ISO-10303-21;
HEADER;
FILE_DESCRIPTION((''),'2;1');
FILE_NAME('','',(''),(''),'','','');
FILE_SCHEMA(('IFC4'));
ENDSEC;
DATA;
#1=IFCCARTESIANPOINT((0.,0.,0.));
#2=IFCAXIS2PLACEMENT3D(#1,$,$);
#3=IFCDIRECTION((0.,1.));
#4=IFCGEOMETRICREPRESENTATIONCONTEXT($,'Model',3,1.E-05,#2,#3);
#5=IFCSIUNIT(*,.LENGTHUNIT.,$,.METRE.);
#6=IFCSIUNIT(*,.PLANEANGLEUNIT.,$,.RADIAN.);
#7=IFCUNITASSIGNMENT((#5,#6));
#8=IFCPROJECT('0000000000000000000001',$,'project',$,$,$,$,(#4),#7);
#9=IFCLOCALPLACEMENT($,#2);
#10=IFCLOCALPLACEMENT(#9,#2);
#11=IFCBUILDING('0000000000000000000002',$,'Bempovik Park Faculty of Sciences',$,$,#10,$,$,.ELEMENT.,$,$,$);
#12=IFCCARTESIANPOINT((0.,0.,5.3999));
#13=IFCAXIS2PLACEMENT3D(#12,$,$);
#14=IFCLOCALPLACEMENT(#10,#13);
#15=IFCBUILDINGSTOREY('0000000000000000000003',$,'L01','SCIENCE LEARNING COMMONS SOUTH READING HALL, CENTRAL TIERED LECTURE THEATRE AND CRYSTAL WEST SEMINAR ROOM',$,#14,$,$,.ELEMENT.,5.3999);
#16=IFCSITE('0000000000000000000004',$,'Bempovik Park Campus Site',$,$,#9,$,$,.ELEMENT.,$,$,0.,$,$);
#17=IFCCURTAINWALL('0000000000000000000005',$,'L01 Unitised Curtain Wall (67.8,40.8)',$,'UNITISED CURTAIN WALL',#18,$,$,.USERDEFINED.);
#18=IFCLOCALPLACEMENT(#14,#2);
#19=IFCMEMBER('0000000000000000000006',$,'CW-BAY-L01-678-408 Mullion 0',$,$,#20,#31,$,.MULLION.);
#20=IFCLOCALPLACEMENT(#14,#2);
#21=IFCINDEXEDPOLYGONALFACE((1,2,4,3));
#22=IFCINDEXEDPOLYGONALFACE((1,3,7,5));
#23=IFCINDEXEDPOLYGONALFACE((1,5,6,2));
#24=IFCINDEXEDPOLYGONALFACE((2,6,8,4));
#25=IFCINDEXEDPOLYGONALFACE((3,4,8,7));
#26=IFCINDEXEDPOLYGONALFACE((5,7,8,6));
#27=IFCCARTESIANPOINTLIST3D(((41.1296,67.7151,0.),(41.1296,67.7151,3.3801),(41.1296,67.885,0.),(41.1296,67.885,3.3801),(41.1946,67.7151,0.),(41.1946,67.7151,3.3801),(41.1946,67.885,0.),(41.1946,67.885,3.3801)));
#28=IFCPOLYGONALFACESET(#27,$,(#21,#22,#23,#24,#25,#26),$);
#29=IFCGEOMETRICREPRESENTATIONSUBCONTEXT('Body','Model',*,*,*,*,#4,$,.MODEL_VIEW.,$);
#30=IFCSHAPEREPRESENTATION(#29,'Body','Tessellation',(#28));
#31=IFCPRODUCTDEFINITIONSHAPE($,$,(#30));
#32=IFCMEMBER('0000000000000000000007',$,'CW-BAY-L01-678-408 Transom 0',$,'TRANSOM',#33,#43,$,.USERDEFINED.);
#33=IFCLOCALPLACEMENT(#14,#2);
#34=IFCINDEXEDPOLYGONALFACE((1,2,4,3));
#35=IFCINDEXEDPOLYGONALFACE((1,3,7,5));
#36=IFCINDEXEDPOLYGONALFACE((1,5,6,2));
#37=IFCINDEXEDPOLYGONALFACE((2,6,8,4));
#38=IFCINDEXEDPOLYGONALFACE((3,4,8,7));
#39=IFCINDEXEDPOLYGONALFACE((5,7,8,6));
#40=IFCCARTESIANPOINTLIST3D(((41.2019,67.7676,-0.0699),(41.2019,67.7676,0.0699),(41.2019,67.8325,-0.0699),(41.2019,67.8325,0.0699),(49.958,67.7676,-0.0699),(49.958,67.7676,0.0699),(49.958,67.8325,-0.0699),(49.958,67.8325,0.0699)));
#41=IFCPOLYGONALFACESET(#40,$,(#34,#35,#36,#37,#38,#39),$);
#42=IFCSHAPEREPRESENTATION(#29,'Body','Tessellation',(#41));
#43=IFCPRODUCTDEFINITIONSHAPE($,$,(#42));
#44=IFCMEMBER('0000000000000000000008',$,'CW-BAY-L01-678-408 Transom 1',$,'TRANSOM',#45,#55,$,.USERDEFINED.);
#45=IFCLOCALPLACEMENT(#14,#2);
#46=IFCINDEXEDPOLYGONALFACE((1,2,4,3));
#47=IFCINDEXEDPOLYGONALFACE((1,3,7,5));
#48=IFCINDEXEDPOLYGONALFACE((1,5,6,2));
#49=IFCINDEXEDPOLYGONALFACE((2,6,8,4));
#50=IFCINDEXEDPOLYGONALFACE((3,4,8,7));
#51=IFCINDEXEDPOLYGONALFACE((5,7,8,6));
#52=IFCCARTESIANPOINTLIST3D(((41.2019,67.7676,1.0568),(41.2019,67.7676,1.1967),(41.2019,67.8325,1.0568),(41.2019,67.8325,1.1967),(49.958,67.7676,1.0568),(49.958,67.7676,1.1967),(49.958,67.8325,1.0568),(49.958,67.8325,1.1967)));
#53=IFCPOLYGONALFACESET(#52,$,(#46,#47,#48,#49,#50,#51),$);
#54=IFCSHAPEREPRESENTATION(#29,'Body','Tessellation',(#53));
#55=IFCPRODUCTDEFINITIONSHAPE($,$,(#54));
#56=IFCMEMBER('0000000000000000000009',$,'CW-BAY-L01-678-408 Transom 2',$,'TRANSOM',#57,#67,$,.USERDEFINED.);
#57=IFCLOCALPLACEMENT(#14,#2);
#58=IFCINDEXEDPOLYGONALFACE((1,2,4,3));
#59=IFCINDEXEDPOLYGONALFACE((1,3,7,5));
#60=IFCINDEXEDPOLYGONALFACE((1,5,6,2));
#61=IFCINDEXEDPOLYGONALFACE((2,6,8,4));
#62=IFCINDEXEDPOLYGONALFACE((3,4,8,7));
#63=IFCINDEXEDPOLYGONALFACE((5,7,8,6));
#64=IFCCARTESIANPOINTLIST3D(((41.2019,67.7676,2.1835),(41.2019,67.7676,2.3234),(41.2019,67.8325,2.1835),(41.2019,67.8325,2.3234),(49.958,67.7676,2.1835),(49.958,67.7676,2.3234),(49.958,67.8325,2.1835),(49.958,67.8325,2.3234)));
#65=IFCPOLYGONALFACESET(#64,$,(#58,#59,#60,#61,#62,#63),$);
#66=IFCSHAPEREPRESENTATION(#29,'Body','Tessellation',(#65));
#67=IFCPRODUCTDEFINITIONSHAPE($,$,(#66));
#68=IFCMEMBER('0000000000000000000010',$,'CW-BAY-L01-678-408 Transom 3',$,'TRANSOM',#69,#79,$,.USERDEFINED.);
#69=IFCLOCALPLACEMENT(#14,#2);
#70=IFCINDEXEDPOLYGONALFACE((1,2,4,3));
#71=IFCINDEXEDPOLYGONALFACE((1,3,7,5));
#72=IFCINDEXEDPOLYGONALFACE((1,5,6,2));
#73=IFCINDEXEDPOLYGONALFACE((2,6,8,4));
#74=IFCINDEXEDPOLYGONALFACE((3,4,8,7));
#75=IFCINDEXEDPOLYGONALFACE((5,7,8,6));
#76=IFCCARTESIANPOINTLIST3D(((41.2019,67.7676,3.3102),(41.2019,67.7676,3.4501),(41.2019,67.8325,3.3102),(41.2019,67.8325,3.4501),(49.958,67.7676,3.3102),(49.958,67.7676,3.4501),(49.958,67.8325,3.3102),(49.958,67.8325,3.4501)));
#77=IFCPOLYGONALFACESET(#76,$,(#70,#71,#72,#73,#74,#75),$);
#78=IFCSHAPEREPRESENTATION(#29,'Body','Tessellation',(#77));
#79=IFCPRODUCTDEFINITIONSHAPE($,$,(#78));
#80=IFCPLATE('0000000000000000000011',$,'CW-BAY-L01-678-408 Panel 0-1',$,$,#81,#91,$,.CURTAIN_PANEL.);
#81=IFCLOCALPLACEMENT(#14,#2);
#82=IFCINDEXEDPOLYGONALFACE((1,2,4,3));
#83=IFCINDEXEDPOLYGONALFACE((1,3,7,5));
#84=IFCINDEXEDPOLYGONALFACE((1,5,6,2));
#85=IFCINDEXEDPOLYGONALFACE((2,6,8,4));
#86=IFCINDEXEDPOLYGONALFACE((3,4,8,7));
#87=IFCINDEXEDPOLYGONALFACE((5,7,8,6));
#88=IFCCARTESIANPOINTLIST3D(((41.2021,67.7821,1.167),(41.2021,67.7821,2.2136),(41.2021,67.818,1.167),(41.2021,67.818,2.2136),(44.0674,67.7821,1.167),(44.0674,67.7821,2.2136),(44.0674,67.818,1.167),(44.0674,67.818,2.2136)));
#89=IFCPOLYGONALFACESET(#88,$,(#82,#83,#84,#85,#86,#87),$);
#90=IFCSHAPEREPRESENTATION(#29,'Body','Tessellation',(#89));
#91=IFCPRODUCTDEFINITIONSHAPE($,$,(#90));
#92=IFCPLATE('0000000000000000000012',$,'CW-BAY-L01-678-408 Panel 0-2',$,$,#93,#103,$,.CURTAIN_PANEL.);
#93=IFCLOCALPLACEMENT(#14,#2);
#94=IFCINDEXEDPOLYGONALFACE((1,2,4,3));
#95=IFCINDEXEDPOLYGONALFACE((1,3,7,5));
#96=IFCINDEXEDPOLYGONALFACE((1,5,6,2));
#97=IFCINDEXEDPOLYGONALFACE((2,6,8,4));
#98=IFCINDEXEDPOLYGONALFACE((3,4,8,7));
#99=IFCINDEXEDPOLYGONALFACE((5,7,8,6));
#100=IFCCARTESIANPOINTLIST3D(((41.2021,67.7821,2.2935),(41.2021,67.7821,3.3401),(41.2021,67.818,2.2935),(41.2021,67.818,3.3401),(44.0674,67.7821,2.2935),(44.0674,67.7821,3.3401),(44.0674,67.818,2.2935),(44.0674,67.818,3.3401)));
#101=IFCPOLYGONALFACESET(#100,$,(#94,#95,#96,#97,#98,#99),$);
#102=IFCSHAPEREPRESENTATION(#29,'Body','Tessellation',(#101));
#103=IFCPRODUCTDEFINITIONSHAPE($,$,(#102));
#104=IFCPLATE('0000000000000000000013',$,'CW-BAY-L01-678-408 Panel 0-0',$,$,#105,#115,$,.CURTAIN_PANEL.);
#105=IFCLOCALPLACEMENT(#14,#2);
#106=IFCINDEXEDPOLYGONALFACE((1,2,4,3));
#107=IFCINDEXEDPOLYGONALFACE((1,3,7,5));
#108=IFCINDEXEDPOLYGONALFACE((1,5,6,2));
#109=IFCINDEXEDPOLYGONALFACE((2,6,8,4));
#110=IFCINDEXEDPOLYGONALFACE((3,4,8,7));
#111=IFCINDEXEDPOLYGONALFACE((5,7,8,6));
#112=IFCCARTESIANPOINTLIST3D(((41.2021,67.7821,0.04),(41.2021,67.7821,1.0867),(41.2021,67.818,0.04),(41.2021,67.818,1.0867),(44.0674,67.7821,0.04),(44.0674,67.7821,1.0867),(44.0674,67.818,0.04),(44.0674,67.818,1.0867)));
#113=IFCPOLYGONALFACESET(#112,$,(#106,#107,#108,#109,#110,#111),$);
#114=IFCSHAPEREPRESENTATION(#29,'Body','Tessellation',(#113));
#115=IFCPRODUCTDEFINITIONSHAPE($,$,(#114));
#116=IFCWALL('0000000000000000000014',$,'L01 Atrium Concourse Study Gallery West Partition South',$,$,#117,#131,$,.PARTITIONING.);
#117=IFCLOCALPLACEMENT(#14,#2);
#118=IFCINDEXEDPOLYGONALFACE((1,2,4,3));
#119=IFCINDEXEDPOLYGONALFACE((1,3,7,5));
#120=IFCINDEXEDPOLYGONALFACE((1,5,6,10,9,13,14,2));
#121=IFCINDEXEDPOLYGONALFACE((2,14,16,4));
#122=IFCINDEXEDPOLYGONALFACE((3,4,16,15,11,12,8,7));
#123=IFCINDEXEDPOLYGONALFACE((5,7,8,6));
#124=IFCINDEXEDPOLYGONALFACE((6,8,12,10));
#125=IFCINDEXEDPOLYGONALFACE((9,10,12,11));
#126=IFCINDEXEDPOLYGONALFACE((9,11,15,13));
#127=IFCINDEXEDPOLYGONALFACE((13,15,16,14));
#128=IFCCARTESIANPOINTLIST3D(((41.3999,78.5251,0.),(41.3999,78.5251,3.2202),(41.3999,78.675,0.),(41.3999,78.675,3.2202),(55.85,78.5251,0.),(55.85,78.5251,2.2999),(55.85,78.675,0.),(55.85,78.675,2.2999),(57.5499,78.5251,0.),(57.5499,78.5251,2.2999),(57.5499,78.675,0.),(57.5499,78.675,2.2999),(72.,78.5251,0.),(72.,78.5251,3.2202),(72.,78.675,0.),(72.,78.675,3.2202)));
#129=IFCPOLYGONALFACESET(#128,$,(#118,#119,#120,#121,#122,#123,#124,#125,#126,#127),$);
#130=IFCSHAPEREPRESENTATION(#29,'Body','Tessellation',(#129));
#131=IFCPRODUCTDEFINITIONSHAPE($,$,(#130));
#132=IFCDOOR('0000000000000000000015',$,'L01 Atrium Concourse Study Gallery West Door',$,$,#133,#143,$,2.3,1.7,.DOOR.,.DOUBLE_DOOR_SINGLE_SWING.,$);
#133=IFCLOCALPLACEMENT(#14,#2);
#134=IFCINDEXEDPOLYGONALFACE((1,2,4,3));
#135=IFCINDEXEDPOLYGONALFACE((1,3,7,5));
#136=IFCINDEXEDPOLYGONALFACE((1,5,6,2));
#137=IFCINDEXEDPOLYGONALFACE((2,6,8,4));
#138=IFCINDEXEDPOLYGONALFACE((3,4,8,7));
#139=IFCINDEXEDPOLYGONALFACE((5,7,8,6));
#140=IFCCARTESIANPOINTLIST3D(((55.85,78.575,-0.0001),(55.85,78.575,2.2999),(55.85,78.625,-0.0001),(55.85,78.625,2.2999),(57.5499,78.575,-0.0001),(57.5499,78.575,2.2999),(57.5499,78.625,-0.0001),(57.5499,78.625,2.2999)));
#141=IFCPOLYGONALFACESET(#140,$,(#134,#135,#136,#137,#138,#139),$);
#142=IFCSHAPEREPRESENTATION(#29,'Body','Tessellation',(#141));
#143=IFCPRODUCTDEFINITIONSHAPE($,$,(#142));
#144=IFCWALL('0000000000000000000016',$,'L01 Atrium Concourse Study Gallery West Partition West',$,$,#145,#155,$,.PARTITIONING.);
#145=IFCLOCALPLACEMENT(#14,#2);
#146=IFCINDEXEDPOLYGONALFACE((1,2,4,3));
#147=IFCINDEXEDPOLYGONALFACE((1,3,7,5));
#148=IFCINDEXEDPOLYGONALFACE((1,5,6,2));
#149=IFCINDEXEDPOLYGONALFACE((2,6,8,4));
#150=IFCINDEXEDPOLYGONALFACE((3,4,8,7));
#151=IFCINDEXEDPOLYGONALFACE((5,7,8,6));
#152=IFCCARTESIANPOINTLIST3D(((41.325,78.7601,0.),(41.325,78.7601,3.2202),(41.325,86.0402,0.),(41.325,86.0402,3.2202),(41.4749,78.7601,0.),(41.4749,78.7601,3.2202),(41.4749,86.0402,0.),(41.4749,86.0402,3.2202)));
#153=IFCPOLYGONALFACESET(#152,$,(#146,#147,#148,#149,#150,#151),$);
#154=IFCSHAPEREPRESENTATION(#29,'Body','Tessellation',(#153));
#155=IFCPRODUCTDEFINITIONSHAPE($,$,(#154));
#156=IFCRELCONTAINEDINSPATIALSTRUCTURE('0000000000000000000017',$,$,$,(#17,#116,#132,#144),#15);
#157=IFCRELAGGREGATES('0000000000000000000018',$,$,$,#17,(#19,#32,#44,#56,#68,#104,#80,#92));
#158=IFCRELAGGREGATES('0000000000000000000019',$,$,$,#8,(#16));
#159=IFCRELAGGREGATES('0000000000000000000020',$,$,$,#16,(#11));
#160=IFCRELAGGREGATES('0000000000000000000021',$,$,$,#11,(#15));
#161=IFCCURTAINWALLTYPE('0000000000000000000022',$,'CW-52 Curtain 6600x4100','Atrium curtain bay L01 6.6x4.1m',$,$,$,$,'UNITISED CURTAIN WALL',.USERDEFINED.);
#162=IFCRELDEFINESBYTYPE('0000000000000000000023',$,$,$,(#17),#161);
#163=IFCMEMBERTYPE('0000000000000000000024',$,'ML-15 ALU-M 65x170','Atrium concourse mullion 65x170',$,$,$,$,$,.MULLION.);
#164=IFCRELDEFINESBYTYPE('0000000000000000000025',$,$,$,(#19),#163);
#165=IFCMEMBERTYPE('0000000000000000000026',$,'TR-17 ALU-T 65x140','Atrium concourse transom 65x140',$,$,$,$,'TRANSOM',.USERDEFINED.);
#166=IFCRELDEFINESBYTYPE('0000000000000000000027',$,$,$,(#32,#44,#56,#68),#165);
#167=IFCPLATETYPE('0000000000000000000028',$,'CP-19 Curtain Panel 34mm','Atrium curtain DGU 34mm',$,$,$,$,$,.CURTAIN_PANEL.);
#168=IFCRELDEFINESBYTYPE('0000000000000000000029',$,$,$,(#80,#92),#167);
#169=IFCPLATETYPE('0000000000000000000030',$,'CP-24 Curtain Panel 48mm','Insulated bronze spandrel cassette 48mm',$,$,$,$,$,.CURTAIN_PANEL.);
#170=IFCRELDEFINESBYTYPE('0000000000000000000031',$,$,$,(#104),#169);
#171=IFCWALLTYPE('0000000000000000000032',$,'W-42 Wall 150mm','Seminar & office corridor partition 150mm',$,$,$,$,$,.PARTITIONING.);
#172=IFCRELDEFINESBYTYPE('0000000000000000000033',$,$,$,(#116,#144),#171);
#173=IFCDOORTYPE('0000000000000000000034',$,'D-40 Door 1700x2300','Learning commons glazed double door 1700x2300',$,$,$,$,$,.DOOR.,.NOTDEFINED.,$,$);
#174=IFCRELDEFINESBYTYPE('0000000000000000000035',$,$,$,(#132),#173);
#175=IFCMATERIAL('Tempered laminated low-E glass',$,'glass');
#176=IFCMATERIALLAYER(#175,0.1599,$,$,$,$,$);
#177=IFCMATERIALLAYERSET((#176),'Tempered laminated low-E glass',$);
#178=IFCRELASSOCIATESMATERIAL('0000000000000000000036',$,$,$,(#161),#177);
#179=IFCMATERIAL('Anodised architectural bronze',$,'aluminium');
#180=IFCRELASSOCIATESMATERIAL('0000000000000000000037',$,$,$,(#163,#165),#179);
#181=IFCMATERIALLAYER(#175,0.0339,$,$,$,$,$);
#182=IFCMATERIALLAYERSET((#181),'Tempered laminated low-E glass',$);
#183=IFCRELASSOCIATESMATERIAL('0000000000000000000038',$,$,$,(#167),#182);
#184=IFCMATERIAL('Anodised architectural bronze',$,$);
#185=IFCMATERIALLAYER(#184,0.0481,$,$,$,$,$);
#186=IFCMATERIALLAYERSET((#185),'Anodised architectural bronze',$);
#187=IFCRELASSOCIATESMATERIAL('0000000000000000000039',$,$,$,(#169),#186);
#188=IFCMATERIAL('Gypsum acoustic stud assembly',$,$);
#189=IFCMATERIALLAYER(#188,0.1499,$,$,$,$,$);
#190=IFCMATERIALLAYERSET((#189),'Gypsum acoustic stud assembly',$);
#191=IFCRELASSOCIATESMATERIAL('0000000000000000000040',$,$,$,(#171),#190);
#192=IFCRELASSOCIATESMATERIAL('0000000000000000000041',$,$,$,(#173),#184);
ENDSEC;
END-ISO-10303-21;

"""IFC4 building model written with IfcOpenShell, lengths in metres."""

from ifc_helpers import new_model, si_unit, direction, frame, frame_2d, origin, origin_2d, place, context, subcontext, project, spatial, rectangle, extrude, material, layer, layer_set, material_profile, profile_set, type_object, element, fill, aggregate, save


model = new_model("IFC4")

# Units and contexts
model_context = context("Model", 3, precision=1e-05, world=origin(), true_north=direction((0.0, 1.0)))
body_context = subcontext(model_context, "Body", "Model", "MODEL_VIEW")
ifc_project = project(units=[si_unit("LENGTHUNIT", "METRE"), si_unit("PLANEANGLEUNIT", "RADIAN")], contexts=[model_context])

# Site, building, storey
site_placement = place(None, origin())
site = spatial("IfcSite", under=ifc_project, at=site_placement, Name="Bempovik Park Campus Site", CompositionType="ELEMENT", RefElevation=0.0)
building_placement = place(site_placement, origin())
building = spatial("IfcBuilding", under=site, at=building_placement, Name="Bempovik Park Faculty of Sciences", CompositionType="ELEMENT")
storey_placement = place(building_placement, frame((0.0, 0.0, 5.3999)))
storey = spatial("IfcBuildingStorey", under=building, at=storey_placement, Name="L01", Description="SCIENCE LEARNING COMMONS SOUTH READING HALL, CENTRAL TIERED LECTURE THEATRE AND CRYSTAL WEST SEMINAR ROOM", CompositionType="ELEMENT", Elevation=5.3999)

# Curtain wall, members, plates
ifc_material_1 = material(Name="Tempered laminated low-E glass", Category="glass")
ifc_layer_1 = layer(ifc_material_1, 0.1599)
ifc_layer_set_1 = layer_set([ifc_layer_1], Name="Tempered laminated low-E glass")
curtain_wall_type = type_object("IfcCurtainWallType", Name="CW-52 Curtain 6600x4100", Description="Atrium curtain bay L01 6.6x4.1m", ElementType="UNITISED CURTAIN WALL", PredefinedType="USERDEFINED", material=ifc_layer_set_1)
curtain_wall_placement = place(storey_placement, origin())
curtain_wall = element("IfcCurtainWall", 1, at=curtain_wall_placement, inside=storey, type_object=curtain_wall_type, Name="L01 Unitised Curtain Wall (67.8,40.8)", ObjectType="UNITISED CURTAIN WALL", PredefinedType="USERDEFINED")
ifc_material_2 = material(Name="Anodised architectural bronze", Category="aluminium")
ifc_material_profile_1 = material_profile(ifc_material_2, rectangle(XDim=0.0649, YDim=0.1699, at=origin_2d()), Name="ALU-M 65x170")
ifc_profile_set_1 = profile_set([ifc_material_profile_1], Name="Anodised architectural bronze")
member_type_1 = type_object("IfcMemberType", Name="ML-15 ALU-M 65x170", Description="Atrium concourse mullion 65x170", PredefinedType="MULLION", material=ifc_profile_set_1)
member_1_placement = place(storey_placement, frame((41.1621, 67.8, 0.0), z_axis=(0.0, 0.0, 1.0), x_axis=(1.0, 0.0, 0.0)))
member_1 = element("IfcMember", 2, at=member_1_placement, type_object=member_type_1, Name="CW-BAY-L01-678-408 Mullion 0", PredefinedType="MULLION", context=body_context, shape_type="SweptSolid", body=[
    extrude(rectangle(XDim=0.0649, YDim=0.1699, at=origin_2d()), origin(), (0.0, 0.0, 1.0), 3.3801),
])
ifc_material_profile_2 = material_profile(ifc_material_2, rectangle(XDim=0.0649, YDim=0.1399, at=origin_2d()), Name="ALU-T 65x140")
ifc_profile_set_2 = profile_set([ifc_material_profile_2], Name="Anodised architectural bronze")
member_type_2 = type_object("IfcMemberType", Name="TR-17 ALU-T 65x140", Description="Atrium concourse transom 65x140", ElementType="TRANSOM", PredefinedType="USERDEFINED", material=ifc_profile_set_2)
member_2_placement = place(storey_placement, frame((41.2019, 67.8, 0.0), z_axis=(1.0, 0.0, 0.0), x_axis=(0.0, 1.0, 0.0)))
member_2 = element("IfcMember", 3, at=member_2_placement, type_object=member_type_2, Name="CW-BAY-L01-678-408 Transom 0", ObjectType="TRANSOM", PredefinedType="USERDEFINED", context=body_context, shape_type="SweptSolid", body=[
    extrude(rectangle(XDim=0.0649, YDim=0.1399, at=origin_2d()), origin(), (0.0, 0.0, 1.0), 8.7561),
])
member_3_placement = place(storey_placement, frame((41.2019, 67.8, 1.1267), z_axis=(1.0, 0.0, 0.0), x_axis=(0.0, 1.0, 0.0)))
member_3 = element("IfcMember", 4, at=member_3_placement, type_object=member_type_2, Name="CW-BAY-L01-678-408 Transom 1", ObjectType="TRANSOM", PredefinedType="USERDEFINED", context=body_context, shape_type="SweptSolid", body=[
    extrude(rectangle(XDim=0.0649, YDim=0.1399, at=origin_2d()), origin(), (0.0, 0.0, 1.0), 8.7561),
])
member_4_placement = place(storey_placement, frame((41.2019, 67.8, 2.2534), z_axis=(1.0, 0.0, 0.0), x_axis=(0.0, 1.0, 0.0)))
member_4 = element("IfcMember", 5, at=member_4_placement, type_object=member_type_2, Name="CW-BAY-L01-678-408 Transom 2", ObjectType="TRANSOM", PredefinedType="USERDEFINED", context=body_context, shape_type="SweptSolid", body=[
    extrude(rectangle(XDim=0.0649, YDim=0.1399, at=origin_2d()), origin(), (0.0, 0.0, 1.0), 8.7561),
])
member_5_placement = place(storey_placement, frame((41.2019, 67.8, 3.3801), z_axis=(1.0, 0.0, 0.0), x_axis=(0.0, 1.0, 0.0)))
member_5 = element("IfcMember", 6, at=member_5_placement, type_object=member_type_2, Name="CW-BAY-L01-678-408 Transom 3", ObjectType="TRANSOM", PredefinedType="USERDEFINED", context=body_context, shape_type="SweptSolid", body=[
    extrude(rectangle(XDim=0.0649, YDim=0.1399, at=origin_2d()), origin(), (0.0, 0.0, 1.0), 8.7561),
])
ifc_layer_2 = layer(ifc_material_1, 0.0339)
ifc_layer_set_2 = layer_set([ifc_layer_2], Name="Tempered laminated low-E glass")
plate_type_1 = type_object("IfcPlateType", Name="CP-19 Curtain Panel 34mm", Description="Atrium curtain DGU 34mm", PredefinedType="CURTAIN_PANEL", material=ifc_layer_set_2)
plate_1_placement = place(storey_placement, frame((42.6348, 67.8, 1.167), z_axis=(0.0, 0.0, 1.0), x_axis=(1.0, 0.0, 0.0)))
plate_1 = element("IfcPlate", 7, at=plate_1_placement, type_object=plate_type_1, Name="CW-BAY-L01-678-408 Panel 0-1", PredefinedType="CURTAIN_PANEL", context=body_context, shape_type="SweptSolid", body=[
    extrude(rectangle(XDim=2.8652, YDim=0.0359, at=origin_2d()), origin(), (0.0, 0.0, 1.0), 1.0466),
])
plate_2_placement = place(storey_placement, frame((42.6348, 67.8, 2.2935), z_axis=(0.0, 0.0, 1.0), x_axis=(1.0, 0.0, 0.0)))
plate_2 = element("IfcPlate", 8, at=plate_2_placement, type_object=plate_type_1, Name="CW-BAY-L01-678-408 Panel 0-2", PredefinedType="CURTAIN_PANEL", context=body_context, shape_type="SweptSolid", body=[
    extrude(rectangle(XDim=2.8652, YDim=0.0359, at=origin_2d()), origin(), (0.0, 0.0, 1.0), 1.0466),
])
ifc_material_3 = material(Name="Anodised architectural bronze")
ifc_layer_3 = layer(ifc_material_3, 0.0481)
ifc_layer_set_3 = layer_set([ifc_layer_3], Name="Anodised architectural bronze")
plate_type_2 = type_object("IfcPlateType", Name="CP-24 Curtain Panel 48mm", Description="Insulated bronze spandrel cassette 48mm", PredefinedType="CURTAIN_PANEL", material=ifc_layer_set_3)
plate_3_placement = place(storey_placement, frame((42.6348, 67.8, 0.04), z_axis=(0.0, 0.0, 1.0), x_axis=(1.0, 0.0, 0.0)))
plate_3 = element("IfcPlate", 9, at=plate_3_placement, type_object=plate_type_2, Name="CW-BAY-L01-678-408 Panel 0-0", PredefinedType="CURTAIN_PANEL", context=body_context, shape_type="SweptSolid", body=[
    extrude(rectangle(XDim=2.8652, YDim=0.0359, at=origin_2d()), origin(), (0.0, 0.0, 1.0), 1.0466),
])
aggregate(curtain_wall, [member_1, member_2, member_3, member_4, member_5, plate_3, plate_1, plate_2])

# Wall, opening, door
ifc_material_4 = material(Name="Gypsum acoustic stud assembly")
ifc_layer_4 = layer(ifc_material_4, 0.1499)
ifc_layer_set_4 = layer_set([ifc_layer_4], Name="Gypsum acoustic stud assembly")
wall_type = type_object("IfcWallType", Name="W-42 Wall 150mm", Description="Seminar & office corridor partition 150mm", PredefinedType="PARTITIONING", material=ifc_layer_set_4)
wall_1_placement = place(storey_placement, frame((41.3999, 78.6001, 0.0), z_axis=(0.0, 0.0, 1.0), x_axis=(1.0, 0.0, 0.0)))
wall_1 = element("IfcWall", 10, at=wall_1_placement, inside=storey, type_object=wall_type, Name="L01 Atrium Concourse Study Gallery West Partition South", PredefinedType="PARTITIONING", context=body_context, shape_type="SweptSolid", body=[
    extrude(rectangle(XDim=30.6001, YDim=0.1499, at=frame_2d((15.3, 0.0))), origin(), (0.0, 0.0, 1.0), 3.2202),
])
opening_placement = place(wall_1_placement, frame((14.45, 0.0, 0.0)))
opening = element("IfcOpeningElement", 11, at=opening_placement, cuts=wall_1, PredefinedType="OPENING", context=body_context, shape_type="SweptSolid", body=[
    extrude(rectangle(XDim=1.7, YDim=2.3, at=frame_2d((0.8501, 1.1499))), frame((0.0, 0.085, 0.0), z_axis=(0.0, -1.0, 0.0), x_axis=(1.0, 0.0, 0.0)), (0.0, 0.0, 1.0), 0.1699),
])
door_type = type_object("IfcDoorType", Name="D-40 Door 1700x2300", Description="Learning commons glazed double door 1700x2300", OperationType="NOTDEFINED", PredefinedType="DOOR", material=ifc_material_3)
door_placement = place(opening_placement, origin())
door = element("IfcDoor", 12, at=door_placement, inside=storey, type_object=door_type, Name="L01 Atrium Concourse Study Gallery West Door", OperationType="DOUBLE_DOOR_SINGLE_SWING", OverallHeight=2.3, OverallWidth=1.7, PredefinedType="DOOR", context=body_context, shape_type="SweptSolid", body=[
    extrude(rectangle(XDim=1.7, YDim=2.3, at=frame_2d((0.8501, 1.1499))), frame((0.0, 0.0249, 0.0), z_axis=(0.0, -1.0, 0.0), x_axis=(1.0, 0.0, 0.0)), (0.0, 0.0, 1.0), 0.05),
])
fill(opening, door)

# Wall
wall_2_placement = place(storey_placement, frame((41.3999, 78.76, 0.0), z_axis=(0.0, 0.0, 1.0), x_axis=(0.0, 1.0, 0.0)))
element("IfcWall", 13, at=wall_2_placement, inside=storey, type_object=wall_type, Name="L01 Atrium Concourse Study Gallery West Partition West", PredefinedType="PARTITIONING", context=body_context, shape_type="SweptSolid", body=[
    extrude(rectangle(XDim=7.28, YDim=0.1499, at=frame_2d((3.6401, 0.0))), origin(), (0.0, 0.0, 1.0), 3.2202),
])

save(model, "model.ifc")
